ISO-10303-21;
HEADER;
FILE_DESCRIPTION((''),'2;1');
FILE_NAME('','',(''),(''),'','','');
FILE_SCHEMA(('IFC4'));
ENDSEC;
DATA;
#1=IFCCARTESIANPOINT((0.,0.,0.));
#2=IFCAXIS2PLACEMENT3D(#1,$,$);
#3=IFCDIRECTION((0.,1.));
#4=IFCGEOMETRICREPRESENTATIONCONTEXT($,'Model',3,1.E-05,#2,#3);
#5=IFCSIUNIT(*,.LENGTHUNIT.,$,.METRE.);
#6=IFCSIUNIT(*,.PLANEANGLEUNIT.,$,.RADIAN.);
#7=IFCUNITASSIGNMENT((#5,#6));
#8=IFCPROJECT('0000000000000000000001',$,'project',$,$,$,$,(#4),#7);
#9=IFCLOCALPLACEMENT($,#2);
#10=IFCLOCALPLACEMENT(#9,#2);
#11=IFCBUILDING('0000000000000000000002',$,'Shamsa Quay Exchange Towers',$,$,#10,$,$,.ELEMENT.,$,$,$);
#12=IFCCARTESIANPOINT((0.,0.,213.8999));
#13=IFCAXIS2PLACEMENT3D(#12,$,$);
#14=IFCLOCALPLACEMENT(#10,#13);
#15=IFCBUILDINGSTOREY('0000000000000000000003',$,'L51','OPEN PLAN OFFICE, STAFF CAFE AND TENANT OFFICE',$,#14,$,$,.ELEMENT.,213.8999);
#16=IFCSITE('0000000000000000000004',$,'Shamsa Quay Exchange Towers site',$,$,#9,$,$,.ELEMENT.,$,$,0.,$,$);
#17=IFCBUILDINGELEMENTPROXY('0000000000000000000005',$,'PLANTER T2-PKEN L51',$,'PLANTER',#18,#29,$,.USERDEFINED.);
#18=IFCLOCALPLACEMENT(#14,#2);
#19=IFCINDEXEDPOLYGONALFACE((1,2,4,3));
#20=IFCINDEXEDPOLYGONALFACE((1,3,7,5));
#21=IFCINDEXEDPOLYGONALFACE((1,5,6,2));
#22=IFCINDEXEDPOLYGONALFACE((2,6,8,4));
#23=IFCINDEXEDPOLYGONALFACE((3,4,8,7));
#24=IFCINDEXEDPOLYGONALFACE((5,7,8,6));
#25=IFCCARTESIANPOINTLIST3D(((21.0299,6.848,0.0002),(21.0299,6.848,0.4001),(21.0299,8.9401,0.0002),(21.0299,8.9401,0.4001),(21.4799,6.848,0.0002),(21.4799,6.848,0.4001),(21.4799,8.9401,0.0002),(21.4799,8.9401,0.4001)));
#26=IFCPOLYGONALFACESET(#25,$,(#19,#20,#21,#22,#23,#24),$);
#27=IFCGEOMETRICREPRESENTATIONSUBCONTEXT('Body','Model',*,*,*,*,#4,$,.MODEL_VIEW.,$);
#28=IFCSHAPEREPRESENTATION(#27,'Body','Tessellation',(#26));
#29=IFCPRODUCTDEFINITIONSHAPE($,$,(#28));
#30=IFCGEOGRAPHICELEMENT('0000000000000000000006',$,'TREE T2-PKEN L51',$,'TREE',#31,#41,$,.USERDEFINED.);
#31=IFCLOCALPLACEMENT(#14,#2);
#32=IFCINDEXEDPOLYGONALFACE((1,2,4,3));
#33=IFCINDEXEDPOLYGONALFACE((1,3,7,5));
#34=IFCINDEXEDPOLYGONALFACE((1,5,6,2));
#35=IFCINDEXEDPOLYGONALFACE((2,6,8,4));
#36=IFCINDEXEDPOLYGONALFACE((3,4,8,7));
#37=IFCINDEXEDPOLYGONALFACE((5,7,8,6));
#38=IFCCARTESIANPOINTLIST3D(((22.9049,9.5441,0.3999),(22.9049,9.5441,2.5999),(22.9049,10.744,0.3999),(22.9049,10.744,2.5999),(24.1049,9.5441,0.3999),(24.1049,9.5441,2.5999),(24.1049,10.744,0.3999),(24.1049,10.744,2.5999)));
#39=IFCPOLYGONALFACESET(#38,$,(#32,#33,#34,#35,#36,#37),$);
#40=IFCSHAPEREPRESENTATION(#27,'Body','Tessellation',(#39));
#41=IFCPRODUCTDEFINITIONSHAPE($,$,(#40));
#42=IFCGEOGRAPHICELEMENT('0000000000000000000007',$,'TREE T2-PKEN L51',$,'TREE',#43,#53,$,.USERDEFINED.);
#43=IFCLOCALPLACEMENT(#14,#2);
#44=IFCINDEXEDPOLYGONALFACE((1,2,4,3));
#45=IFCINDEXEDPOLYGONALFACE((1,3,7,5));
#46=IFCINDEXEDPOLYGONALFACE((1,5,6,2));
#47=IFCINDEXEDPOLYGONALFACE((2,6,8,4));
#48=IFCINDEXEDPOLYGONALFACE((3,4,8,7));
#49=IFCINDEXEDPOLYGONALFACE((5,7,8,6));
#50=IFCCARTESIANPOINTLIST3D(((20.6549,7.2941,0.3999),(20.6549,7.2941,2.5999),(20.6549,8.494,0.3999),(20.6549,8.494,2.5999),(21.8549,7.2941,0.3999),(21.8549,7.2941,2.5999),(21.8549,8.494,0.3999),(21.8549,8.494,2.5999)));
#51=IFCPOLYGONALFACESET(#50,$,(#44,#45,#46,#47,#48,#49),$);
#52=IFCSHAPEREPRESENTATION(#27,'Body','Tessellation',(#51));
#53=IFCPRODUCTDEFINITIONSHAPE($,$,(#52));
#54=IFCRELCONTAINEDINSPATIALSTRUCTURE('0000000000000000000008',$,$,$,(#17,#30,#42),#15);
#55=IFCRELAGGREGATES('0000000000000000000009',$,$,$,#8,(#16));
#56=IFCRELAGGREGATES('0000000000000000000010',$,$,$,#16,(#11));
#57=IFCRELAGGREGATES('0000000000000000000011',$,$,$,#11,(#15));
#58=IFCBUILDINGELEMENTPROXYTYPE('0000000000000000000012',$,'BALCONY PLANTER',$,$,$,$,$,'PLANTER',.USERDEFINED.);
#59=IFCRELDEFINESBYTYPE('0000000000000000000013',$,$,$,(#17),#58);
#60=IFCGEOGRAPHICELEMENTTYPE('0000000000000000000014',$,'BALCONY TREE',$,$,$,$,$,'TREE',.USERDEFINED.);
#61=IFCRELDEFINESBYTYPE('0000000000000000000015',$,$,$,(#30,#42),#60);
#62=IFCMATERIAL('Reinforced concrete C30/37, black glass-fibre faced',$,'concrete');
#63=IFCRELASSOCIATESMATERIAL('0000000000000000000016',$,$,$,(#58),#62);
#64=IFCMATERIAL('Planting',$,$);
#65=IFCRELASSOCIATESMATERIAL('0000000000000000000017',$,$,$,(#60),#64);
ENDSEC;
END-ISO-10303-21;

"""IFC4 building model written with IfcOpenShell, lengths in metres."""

from ifc_helpers import new_model, si_unit, direction, frame, origin, origin_2d, place, context, subcontext, project, spatial, rectangle, extrude, material, type_object, element, save


model = new_model("IFC4")

# Units and contexts
model_context = context("Model", 3, precision=1e-05, world=origin(), true_north=direction((0.0, 1.0)))
body_context = subcontext(model_context, "Body", "Model", "MODEL_VIEW")
ifc_project = project(units=[si_unit("LENGTHUNIT", "METRE"), si_unit("PLANEANGLEUNIT", "RADIAN")], contexts=[model_context])

# Site, building, storey
site_placement = place(None, origin())
site = spatial("IfcSite", under=ifc_project, at=site_placement, Name="Shamsa Quay Exchange Towers site", CompositionType="ELEMENT", RefElevation=0.0)
building_placement = place(site_placement, origin())
building = spatial("IfcBuilding", under=site, at=building_placement, Name="Shamsa Quay Exchange Towers", CompositionType="ELEMENT")
storey_placement = place(building_placement, frame((0.0, 0.0, 213.8999)))
storey = spatial("IfcBuildingStorey", under=building, at=storey_placement, Name="L51", Description="OPEN PLAN OFFICE, STAFF CAFE AND TENANT OFFICE", CompositionType="ELEMENT", Elevation=213.8999)

# Building element proxy
ifc_material_1 = material(Name="Reinforced concrete C30/37, black glass-fibre faced", Category="concrete")
building_element_proxy_type = type_object("IfcBuildingElementProxyType", Name="BALCONY PLANTER", ElementType="PLANTER", PredefinedType="USERDEFINED", material=ifc_material_1)
for number, where, z_axis, x_axis, name in (
    (1, (21.2549, 7.894, 0.0002), (0.0, 0.0, 1.0), (0.0, -1.0, 0.0), "PLANTER T2-PKEN L51"),
):
    element("IfcBuildingElementProxy", number, at=place(storey_placement, frame(where, z_axis=z_axis, x_axis=x_axis)), inside=storey, type_object=building_element_proxy_type, Name=name, ObjectType="PLANTER", PredefinedType="USERDEFINED", context=body_context, shape_type="SweptSolid", body=[
        extrude(rectangle(XDim=2.092, YDim=0.45, at=origin_2d()), origin(), (0.0, 0.0, 1.0), 0.3999),
    ])

# Geographic elements
ifc_material_2 = material(Name="Planting")
geographic_element_type = type_object("IfcGeographicElementType", Name="BALCONY TREE", ElementType="TREE", PredefinedType="USERDEFINED", material=ifc_material_2)
for number, where, z_axis, x_axis, name in (
    (2, (23.5049, 10.144, 0.3999), (0.0, 0.0, 1.0), (0.0, -1.0, 0.0), "TREE T2-PKEN L51"),
    (3, (21.2549, 7.894, 0.3999), (0.0, 0.0, 1.0), (0.0, -1.0, 0.0), "TREE T2-PKEN L51"),
):
    element("IfcGeographicElement", number, at=place(storey_placement, frame(where, z_axis=z_axis, x_axis=x_axis)), inside=storey, type_object=geographic_element_type, Name=name, ObjectType="TREE", PredefinedType="USERDEFINED", context=body_context, shape_type="SweptSolid", body=[
        extrude(rectangle(XDim=1.2, YDim=1.2, at=origin_2d()), origin(), (0.0, 0.0, 1.0), 2.2),
    ])

save(model, "model.ifc")
